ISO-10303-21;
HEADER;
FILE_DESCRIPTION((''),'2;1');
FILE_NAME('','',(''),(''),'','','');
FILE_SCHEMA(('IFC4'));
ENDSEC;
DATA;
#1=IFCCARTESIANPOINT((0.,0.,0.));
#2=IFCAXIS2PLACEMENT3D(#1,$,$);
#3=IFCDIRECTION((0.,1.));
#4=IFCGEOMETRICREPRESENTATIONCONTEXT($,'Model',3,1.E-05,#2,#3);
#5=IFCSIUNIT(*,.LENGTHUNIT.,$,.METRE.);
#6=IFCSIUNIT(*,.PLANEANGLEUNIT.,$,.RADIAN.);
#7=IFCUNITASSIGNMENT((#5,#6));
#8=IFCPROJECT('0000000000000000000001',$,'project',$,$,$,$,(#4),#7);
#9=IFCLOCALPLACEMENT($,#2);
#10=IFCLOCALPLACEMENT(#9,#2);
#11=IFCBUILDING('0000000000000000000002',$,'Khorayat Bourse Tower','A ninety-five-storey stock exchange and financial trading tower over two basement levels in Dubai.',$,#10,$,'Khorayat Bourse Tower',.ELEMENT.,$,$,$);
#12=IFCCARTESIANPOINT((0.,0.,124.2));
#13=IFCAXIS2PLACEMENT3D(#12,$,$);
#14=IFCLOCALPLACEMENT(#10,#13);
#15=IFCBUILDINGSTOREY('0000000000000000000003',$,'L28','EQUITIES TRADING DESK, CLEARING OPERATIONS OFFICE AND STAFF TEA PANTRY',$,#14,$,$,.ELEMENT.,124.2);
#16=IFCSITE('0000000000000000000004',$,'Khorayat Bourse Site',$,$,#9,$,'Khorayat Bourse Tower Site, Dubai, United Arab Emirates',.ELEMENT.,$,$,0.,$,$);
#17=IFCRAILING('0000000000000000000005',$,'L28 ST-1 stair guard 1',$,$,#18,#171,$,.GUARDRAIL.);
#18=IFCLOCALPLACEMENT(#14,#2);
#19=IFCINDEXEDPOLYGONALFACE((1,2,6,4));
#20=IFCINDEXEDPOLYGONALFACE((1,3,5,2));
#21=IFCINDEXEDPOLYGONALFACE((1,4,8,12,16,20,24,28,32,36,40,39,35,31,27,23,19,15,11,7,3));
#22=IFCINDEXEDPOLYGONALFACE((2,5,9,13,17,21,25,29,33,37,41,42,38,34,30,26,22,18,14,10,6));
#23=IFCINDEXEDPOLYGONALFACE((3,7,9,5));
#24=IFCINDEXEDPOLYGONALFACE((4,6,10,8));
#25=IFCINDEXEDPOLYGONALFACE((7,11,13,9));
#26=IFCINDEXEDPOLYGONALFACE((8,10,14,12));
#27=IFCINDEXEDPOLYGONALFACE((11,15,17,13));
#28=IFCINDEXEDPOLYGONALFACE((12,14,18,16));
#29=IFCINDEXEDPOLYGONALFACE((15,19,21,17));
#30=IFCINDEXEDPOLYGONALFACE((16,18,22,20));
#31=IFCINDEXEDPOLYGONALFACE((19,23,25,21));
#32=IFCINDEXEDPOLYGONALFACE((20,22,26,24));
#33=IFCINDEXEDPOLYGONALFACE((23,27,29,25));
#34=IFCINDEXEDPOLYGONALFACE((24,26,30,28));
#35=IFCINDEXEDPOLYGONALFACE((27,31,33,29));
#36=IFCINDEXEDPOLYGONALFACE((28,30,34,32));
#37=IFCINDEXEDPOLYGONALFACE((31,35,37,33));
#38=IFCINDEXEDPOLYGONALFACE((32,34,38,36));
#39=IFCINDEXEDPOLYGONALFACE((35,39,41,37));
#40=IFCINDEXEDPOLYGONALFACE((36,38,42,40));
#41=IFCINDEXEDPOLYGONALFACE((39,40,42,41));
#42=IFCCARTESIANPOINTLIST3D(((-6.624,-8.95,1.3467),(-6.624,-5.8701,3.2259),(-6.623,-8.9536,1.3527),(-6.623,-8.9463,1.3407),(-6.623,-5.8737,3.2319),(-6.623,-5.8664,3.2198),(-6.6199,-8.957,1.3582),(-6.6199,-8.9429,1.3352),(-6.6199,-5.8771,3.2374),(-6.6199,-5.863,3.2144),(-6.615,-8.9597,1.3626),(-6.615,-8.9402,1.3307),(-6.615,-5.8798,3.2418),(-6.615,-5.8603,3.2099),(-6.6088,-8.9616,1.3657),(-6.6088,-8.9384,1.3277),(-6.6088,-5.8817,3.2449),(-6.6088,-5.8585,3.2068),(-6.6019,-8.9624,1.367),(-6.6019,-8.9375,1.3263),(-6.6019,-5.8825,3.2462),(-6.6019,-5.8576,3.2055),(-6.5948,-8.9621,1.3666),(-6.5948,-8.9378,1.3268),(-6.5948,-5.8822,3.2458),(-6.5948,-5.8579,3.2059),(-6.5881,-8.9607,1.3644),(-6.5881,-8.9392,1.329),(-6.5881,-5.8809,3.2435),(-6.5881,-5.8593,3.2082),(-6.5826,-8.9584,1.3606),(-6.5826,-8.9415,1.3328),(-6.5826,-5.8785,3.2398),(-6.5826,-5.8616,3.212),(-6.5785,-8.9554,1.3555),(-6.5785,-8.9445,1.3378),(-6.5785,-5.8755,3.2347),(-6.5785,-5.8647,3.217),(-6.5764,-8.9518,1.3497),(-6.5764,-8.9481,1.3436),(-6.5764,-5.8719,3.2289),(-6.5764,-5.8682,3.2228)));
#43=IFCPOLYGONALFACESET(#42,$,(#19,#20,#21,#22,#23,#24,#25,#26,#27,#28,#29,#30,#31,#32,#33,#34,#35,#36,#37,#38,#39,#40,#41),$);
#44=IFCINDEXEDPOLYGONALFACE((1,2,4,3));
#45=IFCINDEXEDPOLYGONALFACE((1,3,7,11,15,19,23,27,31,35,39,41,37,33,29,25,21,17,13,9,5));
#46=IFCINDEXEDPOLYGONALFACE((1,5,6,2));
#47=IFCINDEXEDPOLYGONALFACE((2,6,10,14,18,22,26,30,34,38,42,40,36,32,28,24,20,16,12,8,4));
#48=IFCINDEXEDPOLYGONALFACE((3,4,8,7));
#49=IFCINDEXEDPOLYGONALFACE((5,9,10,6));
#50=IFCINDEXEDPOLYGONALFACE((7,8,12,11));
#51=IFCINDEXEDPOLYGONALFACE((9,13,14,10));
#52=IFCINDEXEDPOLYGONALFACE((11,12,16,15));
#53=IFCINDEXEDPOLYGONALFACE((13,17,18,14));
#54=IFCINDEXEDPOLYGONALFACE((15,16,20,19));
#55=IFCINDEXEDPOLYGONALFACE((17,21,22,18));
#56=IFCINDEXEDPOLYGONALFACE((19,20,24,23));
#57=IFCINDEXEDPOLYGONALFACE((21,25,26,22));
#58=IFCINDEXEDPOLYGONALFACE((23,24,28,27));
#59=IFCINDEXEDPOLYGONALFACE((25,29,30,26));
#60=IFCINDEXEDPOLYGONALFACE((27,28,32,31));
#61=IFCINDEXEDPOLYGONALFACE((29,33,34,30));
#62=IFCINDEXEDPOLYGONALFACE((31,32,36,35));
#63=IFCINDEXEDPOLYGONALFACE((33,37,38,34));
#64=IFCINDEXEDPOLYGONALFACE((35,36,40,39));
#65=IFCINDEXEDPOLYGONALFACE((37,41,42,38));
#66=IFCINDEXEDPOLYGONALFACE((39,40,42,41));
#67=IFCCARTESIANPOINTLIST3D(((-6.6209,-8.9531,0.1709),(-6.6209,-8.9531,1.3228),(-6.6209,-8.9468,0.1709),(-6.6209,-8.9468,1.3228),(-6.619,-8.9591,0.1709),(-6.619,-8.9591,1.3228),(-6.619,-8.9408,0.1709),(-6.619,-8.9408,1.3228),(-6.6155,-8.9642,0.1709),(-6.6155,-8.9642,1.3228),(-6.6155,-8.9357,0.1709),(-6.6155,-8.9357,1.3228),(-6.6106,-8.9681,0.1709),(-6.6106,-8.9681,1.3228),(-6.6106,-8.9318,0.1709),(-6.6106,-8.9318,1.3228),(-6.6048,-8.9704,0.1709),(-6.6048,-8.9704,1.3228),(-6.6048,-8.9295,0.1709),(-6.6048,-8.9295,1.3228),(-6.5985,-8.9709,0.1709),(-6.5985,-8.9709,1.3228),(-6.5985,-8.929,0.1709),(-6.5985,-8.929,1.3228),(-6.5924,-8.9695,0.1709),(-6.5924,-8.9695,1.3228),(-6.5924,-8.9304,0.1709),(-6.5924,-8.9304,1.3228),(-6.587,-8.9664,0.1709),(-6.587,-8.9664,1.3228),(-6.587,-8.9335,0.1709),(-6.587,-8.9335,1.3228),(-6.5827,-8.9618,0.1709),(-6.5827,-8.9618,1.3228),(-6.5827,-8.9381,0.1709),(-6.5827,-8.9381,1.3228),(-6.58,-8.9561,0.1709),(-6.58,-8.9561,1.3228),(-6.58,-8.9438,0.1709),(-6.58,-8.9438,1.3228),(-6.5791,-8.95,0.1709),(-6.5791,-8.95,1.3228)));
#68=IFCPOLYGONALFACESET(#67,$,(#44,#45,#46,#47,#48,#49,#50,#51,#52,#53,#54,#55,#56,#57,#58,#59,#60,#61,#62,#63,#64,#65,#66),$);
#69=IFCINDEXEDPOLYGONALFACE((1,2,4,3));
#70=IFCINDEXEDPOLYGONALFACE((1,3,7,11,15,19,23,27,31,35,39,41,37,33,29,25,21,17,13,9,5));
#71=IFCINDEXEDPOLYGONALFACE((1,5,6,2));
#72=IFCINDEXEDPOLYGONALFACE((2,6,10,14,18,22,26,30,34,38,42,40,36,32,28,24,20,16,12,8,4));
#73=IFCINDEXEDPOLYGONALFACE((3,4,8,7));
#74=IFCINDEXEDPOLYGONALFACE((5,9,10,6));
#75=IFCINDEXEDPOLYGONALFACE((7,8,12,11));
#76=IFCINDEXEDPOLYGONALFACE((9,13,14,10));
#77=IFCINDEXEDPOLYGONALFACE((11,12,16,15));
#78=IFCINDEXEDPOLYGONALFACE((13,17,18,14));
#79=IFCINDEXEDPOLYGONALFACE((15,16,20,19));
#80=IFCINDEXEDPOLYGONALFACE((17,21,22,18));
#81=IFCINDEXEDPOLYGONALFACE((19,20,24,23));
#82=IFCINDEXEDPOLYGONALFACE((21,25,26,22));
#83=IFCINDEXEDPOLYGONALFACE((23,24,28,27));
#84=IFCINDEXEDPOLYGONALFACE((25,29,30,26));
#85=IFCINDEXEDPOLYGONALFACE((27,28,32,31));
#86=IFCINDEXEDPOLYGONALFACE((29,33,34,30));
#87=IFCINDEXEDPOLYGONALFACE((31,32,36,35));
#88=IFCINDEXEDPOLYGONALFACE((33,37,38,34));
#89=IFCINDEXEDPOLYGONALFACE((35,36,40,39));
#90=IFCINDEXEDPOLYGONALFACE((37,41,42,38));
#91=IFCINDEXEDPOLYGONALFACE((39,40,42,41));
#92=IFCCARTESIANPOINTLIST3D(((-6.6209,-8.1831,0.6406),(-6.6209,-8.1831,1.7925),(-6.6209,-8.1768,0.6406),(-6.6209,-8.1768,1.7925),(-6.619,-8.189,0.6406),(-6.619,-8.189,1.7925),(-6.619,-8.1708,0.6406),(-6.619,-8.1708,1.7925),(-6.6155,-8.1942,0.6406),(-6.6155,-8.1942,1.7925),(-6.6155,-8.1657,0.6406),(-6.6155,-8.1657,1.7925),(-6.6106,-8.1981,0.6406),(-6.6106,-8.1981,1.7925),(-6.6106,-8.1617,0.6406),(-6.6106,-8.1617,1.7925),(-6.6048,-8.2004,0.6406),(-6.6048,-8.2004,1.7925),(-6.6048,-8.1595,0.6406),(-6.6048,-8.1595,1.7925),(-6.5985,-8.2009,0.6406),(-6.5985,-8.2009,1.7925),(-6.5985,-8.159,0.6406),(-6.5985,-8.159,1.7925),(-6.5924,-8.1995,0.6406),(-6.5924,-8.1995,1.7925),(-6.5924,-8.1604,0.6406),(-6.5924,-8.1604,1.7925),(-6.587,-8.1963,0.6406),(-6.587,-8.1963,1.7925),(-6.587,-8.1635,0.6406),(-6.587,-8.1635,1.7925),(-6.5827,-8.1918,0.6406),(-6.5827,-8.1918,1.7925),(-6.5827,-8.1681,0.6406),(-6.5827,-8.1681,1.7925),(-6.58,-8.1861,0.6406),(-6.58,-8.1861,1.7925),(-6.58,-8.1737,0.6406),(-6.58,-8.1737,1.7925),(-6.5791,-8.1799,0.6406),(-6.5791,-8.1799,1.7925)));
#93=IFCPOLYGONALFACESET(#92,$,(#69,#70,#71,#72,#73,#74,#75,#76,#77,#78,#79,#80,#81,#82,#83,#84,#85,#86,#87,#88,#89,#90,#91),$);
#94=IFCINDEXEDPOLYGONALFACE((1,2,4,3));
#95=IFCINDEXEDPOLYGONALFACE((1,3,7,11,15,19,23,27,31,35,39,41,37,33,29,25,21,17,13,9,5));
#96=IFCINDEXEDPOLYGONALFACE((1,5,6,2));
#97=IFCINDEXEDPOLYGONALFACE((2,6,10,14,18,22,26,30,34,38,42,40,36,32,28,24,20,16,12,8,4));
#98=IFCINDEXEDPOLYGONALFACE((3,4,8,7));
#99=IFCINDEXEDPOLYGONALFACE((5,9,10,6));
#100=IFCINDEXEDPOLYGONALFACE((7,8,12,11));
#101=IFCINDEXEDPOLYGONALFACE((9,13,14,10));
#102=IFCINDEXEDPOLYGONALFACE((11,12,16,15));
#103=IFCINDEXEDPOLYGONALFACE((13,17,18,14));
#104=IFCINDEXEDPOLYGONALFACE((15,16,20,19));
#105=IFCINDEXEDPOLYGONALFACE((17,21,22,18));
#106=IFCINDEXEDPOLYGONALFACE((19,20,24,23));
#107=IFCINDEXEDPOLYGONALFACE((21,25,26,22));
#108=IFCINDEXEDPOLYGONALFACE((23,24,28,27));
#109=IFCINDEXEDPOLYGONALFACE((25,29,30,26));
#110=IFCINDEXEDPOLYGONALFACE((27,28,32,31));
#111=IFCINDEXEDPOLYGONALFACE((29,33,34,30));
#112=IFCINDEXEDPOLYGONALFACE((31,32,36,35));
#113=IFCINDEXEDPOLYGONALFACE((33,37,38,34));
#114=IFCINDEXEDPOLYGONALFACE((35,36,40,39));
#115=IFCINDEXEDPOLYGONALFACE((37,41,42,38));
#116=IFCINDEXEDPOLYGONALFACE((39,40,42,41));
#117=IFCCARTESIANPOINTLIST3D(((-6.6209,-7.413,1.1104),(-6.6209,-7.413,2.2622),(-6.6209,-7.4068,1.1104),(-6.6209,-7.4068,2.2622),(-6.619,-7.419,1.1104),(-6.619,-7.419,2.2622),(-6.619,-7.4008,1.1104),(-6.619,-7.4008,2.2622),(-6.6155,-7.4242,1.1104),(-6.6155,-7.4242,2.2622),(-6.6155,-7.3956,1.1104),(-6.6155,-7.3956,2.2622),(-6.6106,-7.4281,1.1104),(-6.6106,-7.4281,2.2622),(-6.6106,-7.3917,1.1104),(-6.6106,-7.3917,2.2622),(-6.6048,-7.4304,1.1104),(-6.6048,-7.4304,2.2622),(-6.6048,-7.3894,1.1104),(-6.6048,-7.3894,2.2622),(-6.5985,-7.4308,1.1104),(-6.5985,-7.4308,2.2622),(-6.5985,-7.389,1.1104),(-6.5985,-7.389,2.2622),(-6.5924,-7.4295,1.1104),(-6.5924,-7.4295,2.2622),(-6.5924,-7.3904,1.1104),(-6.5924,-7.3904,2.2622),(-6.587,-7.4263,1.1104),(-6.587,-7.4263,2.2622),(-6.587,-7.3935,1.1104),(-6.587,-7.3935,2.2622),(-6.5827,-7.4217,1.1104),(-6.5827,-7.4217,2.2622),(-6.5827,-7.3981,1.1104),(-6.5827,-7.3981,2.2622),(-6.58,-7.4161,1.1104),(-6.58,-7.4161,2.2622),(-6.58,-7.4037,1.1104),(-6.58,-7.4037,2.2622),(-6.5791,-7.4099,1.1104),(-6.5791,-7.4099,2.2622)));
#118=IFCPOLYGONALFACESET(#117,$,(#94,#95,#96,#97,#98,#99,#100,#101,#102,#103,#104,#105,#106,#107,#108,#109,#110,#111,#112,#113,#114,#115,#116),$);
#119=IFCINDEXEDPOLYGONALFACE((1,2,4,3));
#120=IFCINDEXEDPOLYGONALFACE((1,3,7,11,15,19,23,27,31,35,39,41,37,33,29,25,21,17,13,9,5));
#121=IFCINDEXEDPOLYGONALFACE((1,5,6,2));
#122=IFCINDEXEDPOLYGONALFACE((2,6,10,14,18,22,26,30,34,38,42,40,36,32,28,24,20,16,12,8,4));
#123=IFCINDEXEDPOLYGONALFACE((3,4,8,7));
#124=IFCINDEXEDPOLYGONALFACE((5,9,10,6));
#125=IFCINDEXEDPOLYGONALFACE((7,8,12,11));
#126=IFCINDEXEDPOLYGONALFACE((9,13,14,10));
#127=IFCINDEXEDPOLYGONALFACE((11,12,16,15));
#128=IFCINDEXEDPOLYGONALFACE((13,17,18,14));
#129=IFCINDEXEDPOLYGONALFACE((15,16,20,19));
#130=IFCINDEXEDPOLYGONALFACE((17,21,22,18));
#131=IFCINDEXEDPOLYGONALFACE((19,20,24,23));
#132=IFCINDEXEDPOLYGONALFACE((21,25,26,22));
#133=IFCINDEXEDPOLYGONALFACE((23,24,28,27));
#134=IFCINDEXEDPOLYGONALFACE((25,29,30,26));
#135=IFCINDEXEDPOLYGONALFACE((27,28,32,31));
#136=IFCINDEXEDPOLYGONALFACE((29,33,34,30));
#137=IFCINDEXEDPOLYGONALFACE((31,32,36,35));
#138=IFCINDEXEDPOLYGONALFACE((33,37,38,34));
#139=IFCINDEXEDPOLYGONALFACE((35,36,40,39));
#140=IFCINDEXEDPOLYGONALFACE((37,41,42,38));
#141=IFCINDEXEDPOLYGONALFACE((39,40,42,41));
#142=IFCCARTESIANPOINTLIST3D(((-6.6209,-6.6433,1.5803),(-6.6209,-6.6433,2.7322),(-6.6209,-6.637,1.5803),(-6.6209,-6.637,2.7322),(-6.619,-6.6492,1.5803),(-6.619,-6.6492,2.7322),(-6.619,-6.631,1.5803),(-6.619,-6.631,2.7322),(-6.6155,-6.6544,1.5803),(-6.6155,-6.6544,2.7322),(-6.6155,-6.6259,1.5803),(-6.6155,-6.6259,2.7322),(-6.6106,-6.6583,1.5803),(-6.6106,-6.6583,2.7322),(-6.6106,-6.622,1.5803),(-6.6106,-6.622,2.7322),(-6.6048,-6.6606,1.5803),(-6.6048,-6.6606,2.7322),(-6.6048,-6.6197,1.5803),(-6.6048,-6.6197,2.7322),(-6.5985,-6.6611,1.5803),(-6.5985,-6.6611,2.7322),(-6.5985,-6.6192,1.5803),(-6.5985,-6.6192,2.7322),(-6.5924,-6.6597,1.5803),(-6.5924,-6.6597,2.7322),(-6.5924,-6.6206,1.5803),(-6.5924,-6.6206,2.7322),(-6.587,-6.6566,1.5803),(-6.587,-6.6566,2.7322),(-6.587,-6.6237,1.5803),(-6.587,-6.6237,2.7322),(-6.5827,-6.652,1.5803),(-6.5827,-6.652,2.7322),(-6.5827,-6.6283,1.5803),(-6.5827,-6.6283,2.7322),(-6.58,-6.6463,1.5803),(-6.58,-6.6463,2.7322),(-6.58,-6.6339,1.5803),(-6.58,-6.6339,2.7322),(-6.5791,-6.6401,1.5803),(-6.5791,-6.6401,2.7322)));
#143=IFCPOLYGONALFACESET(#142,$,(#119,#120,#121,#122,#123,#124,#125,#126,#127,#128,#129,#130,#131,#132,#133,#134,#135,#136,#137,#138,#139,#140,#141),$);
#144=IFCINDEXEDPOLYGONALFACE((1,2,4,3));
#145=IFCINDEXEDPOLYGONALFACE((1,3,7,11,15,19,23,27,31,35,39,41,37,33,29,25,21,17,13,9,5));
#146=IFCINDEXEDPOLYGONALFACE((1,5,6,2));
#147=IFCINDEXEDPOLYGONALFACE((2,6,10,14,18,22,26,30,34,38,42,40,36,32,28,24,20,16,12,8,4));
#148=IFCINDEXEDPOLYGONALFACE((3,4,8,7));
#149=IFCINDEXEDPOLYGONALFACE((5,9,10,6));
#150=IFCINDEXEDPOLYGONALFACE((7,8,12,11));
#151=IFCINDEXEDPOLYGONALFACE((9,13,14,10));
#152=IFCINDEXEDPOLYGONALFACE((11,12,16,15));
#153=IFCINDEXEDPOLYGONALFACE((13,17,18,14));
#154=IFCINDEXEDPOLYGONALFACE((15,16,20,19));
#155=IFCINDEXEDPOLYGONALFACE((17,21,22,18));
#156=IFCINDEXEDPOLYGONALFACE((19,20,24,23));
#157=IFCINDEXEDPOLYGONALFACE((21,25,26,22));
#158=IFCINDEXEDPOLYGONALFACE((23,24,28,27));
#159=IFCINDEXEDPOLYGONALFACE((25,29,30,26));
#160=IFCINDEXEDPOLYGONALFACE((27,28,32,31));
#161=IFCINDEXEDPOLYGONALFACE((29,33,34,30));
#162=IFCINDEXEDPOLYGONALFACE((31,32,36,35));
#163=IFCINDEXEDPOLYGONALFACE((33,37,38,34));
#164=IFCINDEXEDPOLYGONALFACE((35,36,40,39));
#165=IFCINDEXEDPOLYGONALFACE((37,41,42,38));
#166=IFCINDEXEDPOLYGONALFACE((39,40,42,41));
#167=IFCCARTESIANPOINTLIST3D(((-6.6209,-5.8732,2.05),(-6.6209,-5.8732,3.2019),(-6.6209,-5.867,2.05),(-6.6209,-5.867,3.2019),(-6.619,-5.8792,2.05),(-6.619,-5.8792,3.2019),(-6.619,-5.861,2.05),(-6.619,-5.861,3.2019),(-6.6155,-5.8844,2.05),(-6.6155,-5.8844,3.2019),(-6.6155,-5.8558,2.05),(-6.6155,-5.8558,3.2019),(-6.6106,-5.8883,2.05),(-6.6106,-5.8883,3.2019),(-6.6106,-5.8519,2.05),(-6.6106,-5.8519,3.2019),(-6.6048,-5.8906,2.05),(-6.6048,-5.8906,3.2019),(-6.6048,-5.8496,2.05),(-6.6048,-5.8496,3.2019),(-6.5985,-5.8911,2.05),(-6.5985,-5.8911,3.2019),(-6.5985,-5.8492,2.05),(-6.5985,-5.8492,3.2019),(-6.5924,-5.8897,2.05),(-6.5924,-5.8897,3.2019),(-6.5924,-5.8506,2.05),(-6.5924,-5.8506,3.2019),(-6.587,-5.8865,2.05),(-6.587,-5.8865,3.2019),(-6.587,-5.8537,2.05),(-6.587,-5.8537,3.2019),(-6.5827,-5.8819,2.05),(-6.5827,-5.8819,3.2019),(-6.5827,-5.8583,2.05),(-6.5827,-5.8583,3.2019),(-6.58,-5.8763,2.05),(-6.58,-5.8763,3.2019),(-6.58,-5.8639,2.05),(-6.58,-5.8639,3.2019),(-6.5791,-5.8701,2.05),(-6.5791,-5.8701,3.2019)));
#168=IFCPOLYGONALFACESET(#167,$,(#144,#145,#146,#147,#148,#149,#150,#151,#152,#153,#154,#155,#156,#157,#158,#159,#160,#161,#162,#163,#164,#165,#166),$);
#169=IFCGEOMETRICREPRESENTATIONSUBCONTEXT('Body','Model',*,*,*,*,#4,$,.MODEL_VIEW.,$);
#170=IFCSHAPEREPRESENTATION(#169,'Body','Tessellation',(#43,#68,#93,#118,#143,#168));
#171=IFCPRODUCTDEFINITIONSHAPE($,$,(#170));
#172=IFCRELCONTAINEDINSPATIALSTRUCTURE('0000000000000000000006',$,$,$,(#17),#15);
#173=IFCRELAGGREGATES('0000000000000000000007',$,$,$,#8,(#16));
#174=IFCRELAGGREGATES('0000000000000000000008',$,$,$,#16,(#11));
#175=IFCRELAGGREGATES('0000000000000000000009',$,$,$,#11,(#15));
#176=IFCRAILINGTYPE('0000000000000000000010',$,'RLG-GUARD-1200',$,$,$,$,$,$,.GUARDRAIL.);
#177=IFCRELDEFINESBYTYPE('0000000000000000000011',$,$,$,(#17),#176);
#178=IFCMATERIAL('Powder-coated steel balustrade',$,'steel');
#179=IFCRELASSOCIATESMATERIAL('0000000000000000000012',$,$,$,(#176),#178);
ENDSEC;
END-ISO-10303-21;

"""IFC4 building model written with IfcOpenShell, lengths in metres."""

from ifc_helpers import new_model, si_unit, direction, frame, origin, origin_2d, place, context, subcontext, project, spatial, circle, extrude, source, transform, mapped, material, type_object, element, save


model = new_model("IFC4")

# Units and contexts
model_context = context("Model", 3, precision=1e-05, world=origin(), true_north=direction((0.0, 1.0)))
body_context = subcontext(model_context, "Body", "Model", "MODEL_VIEW")
ifc_project = project(units=[si_unit("LENGTHUNIT", "METRE"), si_unit("PLANEANGLEUNIT", "RADIAN")], contexts=[model_context])

# Site, building, storey
site_placement = place(None, origin())
site = spatial("IfcSite", under=ifc_project, at=site_placement, Name="Khorayat Bourse Site", LongName="Khorayat Bourse Tower Site, Dubai, United Arab Emirates", CompositionType="ELEMENT", RefElevation=0.0)
building_placement = place(site_placement, origin())
building = spatial("IfcBuilding", under=site, at=building_placement, Name="Khorayat Bourse Tower", Description="A ninety-five-storey stock exchange and financial trading tower over two basement levels in Dubai.", LongName="Khorayat Bourse Tower", CompositionType="ELEMENT")
storey_placement = place(building_placement, frame((0.0, 0.0, 124.2)))
storey = spatial("IfcBuildingStorey", under=building, at=storey_placement, Name="L28", Description="EQUITIES TRADING DESK, CLEARING OPERATIONS OFFICE AND STAFF TEA PANTRY", CompositionType="ELEMENT", Elevation=124.2)

# Railing
ifc_material_1 = material(Name="Powder-coated steel balustrade", Category="steel")
railing_type_1 = type_object("IfcRailingType", Name="RLG-GUARD-1200", PredefinedType="GUARDRAIL", material=ifc_material_1)
shared_shape_1 = source(origin(), body_context, "Body", "SweptSolid", [
    extrude(circle(Radius=0.0239, at=origin_2d()), frame((0.0, 0.0, 1.1758), z_axis=(0.0, 0.853648, 0.52085), x_axis=(-1.0, 0.0, 0.0)), (0.0, 0.0, 1.0), 3.6079),
    extrude(circle(Radius=0.021, at=origin_2d()), origin(), (0.0, 0.0, 1.0), 1.1519),
    extrude(circle(Radius=0.021, at=origin_2d()), frame((0.0, 0.77, 0.4697)), (0.0, 0.0, 1.0), 1.1519),
    extrude(circle(Radius=0.021, at=origin_2d()), frame((0.0, 1.54, 0.9395)), (0.0, 0.0, 1.0), 1.1519),
    extrude(circle(Radius=0.021, at=origin_2d()), frame((0.0, 2.3098, 1.4094)), (0.0, 0.0, 1.0), 1.1519),
    extrude(circle(Radius=0.021, at=origin_2d()), frame((0.0, 3.0798, 1.8792)), (0.0, 0.0, 1.0), 1.1519),
])
railing_1_placement = place(storey_placement, frame((-6.6001, -8.95, 0.1709)))
element("IfcRailing", 1, at=railing_1_placement, inside=storey, type_object=railing_type_1, Name="L28 ST-1 stair guard 1", PredefinedType="GUARDRAIL", context=body_context, shape_type="MappedRepresentation", body=[
    mapped(shared_shape_1, transform((0.0, 0.0, 0.0), scale=1.0)),
])

save(model, "model.ifc")
